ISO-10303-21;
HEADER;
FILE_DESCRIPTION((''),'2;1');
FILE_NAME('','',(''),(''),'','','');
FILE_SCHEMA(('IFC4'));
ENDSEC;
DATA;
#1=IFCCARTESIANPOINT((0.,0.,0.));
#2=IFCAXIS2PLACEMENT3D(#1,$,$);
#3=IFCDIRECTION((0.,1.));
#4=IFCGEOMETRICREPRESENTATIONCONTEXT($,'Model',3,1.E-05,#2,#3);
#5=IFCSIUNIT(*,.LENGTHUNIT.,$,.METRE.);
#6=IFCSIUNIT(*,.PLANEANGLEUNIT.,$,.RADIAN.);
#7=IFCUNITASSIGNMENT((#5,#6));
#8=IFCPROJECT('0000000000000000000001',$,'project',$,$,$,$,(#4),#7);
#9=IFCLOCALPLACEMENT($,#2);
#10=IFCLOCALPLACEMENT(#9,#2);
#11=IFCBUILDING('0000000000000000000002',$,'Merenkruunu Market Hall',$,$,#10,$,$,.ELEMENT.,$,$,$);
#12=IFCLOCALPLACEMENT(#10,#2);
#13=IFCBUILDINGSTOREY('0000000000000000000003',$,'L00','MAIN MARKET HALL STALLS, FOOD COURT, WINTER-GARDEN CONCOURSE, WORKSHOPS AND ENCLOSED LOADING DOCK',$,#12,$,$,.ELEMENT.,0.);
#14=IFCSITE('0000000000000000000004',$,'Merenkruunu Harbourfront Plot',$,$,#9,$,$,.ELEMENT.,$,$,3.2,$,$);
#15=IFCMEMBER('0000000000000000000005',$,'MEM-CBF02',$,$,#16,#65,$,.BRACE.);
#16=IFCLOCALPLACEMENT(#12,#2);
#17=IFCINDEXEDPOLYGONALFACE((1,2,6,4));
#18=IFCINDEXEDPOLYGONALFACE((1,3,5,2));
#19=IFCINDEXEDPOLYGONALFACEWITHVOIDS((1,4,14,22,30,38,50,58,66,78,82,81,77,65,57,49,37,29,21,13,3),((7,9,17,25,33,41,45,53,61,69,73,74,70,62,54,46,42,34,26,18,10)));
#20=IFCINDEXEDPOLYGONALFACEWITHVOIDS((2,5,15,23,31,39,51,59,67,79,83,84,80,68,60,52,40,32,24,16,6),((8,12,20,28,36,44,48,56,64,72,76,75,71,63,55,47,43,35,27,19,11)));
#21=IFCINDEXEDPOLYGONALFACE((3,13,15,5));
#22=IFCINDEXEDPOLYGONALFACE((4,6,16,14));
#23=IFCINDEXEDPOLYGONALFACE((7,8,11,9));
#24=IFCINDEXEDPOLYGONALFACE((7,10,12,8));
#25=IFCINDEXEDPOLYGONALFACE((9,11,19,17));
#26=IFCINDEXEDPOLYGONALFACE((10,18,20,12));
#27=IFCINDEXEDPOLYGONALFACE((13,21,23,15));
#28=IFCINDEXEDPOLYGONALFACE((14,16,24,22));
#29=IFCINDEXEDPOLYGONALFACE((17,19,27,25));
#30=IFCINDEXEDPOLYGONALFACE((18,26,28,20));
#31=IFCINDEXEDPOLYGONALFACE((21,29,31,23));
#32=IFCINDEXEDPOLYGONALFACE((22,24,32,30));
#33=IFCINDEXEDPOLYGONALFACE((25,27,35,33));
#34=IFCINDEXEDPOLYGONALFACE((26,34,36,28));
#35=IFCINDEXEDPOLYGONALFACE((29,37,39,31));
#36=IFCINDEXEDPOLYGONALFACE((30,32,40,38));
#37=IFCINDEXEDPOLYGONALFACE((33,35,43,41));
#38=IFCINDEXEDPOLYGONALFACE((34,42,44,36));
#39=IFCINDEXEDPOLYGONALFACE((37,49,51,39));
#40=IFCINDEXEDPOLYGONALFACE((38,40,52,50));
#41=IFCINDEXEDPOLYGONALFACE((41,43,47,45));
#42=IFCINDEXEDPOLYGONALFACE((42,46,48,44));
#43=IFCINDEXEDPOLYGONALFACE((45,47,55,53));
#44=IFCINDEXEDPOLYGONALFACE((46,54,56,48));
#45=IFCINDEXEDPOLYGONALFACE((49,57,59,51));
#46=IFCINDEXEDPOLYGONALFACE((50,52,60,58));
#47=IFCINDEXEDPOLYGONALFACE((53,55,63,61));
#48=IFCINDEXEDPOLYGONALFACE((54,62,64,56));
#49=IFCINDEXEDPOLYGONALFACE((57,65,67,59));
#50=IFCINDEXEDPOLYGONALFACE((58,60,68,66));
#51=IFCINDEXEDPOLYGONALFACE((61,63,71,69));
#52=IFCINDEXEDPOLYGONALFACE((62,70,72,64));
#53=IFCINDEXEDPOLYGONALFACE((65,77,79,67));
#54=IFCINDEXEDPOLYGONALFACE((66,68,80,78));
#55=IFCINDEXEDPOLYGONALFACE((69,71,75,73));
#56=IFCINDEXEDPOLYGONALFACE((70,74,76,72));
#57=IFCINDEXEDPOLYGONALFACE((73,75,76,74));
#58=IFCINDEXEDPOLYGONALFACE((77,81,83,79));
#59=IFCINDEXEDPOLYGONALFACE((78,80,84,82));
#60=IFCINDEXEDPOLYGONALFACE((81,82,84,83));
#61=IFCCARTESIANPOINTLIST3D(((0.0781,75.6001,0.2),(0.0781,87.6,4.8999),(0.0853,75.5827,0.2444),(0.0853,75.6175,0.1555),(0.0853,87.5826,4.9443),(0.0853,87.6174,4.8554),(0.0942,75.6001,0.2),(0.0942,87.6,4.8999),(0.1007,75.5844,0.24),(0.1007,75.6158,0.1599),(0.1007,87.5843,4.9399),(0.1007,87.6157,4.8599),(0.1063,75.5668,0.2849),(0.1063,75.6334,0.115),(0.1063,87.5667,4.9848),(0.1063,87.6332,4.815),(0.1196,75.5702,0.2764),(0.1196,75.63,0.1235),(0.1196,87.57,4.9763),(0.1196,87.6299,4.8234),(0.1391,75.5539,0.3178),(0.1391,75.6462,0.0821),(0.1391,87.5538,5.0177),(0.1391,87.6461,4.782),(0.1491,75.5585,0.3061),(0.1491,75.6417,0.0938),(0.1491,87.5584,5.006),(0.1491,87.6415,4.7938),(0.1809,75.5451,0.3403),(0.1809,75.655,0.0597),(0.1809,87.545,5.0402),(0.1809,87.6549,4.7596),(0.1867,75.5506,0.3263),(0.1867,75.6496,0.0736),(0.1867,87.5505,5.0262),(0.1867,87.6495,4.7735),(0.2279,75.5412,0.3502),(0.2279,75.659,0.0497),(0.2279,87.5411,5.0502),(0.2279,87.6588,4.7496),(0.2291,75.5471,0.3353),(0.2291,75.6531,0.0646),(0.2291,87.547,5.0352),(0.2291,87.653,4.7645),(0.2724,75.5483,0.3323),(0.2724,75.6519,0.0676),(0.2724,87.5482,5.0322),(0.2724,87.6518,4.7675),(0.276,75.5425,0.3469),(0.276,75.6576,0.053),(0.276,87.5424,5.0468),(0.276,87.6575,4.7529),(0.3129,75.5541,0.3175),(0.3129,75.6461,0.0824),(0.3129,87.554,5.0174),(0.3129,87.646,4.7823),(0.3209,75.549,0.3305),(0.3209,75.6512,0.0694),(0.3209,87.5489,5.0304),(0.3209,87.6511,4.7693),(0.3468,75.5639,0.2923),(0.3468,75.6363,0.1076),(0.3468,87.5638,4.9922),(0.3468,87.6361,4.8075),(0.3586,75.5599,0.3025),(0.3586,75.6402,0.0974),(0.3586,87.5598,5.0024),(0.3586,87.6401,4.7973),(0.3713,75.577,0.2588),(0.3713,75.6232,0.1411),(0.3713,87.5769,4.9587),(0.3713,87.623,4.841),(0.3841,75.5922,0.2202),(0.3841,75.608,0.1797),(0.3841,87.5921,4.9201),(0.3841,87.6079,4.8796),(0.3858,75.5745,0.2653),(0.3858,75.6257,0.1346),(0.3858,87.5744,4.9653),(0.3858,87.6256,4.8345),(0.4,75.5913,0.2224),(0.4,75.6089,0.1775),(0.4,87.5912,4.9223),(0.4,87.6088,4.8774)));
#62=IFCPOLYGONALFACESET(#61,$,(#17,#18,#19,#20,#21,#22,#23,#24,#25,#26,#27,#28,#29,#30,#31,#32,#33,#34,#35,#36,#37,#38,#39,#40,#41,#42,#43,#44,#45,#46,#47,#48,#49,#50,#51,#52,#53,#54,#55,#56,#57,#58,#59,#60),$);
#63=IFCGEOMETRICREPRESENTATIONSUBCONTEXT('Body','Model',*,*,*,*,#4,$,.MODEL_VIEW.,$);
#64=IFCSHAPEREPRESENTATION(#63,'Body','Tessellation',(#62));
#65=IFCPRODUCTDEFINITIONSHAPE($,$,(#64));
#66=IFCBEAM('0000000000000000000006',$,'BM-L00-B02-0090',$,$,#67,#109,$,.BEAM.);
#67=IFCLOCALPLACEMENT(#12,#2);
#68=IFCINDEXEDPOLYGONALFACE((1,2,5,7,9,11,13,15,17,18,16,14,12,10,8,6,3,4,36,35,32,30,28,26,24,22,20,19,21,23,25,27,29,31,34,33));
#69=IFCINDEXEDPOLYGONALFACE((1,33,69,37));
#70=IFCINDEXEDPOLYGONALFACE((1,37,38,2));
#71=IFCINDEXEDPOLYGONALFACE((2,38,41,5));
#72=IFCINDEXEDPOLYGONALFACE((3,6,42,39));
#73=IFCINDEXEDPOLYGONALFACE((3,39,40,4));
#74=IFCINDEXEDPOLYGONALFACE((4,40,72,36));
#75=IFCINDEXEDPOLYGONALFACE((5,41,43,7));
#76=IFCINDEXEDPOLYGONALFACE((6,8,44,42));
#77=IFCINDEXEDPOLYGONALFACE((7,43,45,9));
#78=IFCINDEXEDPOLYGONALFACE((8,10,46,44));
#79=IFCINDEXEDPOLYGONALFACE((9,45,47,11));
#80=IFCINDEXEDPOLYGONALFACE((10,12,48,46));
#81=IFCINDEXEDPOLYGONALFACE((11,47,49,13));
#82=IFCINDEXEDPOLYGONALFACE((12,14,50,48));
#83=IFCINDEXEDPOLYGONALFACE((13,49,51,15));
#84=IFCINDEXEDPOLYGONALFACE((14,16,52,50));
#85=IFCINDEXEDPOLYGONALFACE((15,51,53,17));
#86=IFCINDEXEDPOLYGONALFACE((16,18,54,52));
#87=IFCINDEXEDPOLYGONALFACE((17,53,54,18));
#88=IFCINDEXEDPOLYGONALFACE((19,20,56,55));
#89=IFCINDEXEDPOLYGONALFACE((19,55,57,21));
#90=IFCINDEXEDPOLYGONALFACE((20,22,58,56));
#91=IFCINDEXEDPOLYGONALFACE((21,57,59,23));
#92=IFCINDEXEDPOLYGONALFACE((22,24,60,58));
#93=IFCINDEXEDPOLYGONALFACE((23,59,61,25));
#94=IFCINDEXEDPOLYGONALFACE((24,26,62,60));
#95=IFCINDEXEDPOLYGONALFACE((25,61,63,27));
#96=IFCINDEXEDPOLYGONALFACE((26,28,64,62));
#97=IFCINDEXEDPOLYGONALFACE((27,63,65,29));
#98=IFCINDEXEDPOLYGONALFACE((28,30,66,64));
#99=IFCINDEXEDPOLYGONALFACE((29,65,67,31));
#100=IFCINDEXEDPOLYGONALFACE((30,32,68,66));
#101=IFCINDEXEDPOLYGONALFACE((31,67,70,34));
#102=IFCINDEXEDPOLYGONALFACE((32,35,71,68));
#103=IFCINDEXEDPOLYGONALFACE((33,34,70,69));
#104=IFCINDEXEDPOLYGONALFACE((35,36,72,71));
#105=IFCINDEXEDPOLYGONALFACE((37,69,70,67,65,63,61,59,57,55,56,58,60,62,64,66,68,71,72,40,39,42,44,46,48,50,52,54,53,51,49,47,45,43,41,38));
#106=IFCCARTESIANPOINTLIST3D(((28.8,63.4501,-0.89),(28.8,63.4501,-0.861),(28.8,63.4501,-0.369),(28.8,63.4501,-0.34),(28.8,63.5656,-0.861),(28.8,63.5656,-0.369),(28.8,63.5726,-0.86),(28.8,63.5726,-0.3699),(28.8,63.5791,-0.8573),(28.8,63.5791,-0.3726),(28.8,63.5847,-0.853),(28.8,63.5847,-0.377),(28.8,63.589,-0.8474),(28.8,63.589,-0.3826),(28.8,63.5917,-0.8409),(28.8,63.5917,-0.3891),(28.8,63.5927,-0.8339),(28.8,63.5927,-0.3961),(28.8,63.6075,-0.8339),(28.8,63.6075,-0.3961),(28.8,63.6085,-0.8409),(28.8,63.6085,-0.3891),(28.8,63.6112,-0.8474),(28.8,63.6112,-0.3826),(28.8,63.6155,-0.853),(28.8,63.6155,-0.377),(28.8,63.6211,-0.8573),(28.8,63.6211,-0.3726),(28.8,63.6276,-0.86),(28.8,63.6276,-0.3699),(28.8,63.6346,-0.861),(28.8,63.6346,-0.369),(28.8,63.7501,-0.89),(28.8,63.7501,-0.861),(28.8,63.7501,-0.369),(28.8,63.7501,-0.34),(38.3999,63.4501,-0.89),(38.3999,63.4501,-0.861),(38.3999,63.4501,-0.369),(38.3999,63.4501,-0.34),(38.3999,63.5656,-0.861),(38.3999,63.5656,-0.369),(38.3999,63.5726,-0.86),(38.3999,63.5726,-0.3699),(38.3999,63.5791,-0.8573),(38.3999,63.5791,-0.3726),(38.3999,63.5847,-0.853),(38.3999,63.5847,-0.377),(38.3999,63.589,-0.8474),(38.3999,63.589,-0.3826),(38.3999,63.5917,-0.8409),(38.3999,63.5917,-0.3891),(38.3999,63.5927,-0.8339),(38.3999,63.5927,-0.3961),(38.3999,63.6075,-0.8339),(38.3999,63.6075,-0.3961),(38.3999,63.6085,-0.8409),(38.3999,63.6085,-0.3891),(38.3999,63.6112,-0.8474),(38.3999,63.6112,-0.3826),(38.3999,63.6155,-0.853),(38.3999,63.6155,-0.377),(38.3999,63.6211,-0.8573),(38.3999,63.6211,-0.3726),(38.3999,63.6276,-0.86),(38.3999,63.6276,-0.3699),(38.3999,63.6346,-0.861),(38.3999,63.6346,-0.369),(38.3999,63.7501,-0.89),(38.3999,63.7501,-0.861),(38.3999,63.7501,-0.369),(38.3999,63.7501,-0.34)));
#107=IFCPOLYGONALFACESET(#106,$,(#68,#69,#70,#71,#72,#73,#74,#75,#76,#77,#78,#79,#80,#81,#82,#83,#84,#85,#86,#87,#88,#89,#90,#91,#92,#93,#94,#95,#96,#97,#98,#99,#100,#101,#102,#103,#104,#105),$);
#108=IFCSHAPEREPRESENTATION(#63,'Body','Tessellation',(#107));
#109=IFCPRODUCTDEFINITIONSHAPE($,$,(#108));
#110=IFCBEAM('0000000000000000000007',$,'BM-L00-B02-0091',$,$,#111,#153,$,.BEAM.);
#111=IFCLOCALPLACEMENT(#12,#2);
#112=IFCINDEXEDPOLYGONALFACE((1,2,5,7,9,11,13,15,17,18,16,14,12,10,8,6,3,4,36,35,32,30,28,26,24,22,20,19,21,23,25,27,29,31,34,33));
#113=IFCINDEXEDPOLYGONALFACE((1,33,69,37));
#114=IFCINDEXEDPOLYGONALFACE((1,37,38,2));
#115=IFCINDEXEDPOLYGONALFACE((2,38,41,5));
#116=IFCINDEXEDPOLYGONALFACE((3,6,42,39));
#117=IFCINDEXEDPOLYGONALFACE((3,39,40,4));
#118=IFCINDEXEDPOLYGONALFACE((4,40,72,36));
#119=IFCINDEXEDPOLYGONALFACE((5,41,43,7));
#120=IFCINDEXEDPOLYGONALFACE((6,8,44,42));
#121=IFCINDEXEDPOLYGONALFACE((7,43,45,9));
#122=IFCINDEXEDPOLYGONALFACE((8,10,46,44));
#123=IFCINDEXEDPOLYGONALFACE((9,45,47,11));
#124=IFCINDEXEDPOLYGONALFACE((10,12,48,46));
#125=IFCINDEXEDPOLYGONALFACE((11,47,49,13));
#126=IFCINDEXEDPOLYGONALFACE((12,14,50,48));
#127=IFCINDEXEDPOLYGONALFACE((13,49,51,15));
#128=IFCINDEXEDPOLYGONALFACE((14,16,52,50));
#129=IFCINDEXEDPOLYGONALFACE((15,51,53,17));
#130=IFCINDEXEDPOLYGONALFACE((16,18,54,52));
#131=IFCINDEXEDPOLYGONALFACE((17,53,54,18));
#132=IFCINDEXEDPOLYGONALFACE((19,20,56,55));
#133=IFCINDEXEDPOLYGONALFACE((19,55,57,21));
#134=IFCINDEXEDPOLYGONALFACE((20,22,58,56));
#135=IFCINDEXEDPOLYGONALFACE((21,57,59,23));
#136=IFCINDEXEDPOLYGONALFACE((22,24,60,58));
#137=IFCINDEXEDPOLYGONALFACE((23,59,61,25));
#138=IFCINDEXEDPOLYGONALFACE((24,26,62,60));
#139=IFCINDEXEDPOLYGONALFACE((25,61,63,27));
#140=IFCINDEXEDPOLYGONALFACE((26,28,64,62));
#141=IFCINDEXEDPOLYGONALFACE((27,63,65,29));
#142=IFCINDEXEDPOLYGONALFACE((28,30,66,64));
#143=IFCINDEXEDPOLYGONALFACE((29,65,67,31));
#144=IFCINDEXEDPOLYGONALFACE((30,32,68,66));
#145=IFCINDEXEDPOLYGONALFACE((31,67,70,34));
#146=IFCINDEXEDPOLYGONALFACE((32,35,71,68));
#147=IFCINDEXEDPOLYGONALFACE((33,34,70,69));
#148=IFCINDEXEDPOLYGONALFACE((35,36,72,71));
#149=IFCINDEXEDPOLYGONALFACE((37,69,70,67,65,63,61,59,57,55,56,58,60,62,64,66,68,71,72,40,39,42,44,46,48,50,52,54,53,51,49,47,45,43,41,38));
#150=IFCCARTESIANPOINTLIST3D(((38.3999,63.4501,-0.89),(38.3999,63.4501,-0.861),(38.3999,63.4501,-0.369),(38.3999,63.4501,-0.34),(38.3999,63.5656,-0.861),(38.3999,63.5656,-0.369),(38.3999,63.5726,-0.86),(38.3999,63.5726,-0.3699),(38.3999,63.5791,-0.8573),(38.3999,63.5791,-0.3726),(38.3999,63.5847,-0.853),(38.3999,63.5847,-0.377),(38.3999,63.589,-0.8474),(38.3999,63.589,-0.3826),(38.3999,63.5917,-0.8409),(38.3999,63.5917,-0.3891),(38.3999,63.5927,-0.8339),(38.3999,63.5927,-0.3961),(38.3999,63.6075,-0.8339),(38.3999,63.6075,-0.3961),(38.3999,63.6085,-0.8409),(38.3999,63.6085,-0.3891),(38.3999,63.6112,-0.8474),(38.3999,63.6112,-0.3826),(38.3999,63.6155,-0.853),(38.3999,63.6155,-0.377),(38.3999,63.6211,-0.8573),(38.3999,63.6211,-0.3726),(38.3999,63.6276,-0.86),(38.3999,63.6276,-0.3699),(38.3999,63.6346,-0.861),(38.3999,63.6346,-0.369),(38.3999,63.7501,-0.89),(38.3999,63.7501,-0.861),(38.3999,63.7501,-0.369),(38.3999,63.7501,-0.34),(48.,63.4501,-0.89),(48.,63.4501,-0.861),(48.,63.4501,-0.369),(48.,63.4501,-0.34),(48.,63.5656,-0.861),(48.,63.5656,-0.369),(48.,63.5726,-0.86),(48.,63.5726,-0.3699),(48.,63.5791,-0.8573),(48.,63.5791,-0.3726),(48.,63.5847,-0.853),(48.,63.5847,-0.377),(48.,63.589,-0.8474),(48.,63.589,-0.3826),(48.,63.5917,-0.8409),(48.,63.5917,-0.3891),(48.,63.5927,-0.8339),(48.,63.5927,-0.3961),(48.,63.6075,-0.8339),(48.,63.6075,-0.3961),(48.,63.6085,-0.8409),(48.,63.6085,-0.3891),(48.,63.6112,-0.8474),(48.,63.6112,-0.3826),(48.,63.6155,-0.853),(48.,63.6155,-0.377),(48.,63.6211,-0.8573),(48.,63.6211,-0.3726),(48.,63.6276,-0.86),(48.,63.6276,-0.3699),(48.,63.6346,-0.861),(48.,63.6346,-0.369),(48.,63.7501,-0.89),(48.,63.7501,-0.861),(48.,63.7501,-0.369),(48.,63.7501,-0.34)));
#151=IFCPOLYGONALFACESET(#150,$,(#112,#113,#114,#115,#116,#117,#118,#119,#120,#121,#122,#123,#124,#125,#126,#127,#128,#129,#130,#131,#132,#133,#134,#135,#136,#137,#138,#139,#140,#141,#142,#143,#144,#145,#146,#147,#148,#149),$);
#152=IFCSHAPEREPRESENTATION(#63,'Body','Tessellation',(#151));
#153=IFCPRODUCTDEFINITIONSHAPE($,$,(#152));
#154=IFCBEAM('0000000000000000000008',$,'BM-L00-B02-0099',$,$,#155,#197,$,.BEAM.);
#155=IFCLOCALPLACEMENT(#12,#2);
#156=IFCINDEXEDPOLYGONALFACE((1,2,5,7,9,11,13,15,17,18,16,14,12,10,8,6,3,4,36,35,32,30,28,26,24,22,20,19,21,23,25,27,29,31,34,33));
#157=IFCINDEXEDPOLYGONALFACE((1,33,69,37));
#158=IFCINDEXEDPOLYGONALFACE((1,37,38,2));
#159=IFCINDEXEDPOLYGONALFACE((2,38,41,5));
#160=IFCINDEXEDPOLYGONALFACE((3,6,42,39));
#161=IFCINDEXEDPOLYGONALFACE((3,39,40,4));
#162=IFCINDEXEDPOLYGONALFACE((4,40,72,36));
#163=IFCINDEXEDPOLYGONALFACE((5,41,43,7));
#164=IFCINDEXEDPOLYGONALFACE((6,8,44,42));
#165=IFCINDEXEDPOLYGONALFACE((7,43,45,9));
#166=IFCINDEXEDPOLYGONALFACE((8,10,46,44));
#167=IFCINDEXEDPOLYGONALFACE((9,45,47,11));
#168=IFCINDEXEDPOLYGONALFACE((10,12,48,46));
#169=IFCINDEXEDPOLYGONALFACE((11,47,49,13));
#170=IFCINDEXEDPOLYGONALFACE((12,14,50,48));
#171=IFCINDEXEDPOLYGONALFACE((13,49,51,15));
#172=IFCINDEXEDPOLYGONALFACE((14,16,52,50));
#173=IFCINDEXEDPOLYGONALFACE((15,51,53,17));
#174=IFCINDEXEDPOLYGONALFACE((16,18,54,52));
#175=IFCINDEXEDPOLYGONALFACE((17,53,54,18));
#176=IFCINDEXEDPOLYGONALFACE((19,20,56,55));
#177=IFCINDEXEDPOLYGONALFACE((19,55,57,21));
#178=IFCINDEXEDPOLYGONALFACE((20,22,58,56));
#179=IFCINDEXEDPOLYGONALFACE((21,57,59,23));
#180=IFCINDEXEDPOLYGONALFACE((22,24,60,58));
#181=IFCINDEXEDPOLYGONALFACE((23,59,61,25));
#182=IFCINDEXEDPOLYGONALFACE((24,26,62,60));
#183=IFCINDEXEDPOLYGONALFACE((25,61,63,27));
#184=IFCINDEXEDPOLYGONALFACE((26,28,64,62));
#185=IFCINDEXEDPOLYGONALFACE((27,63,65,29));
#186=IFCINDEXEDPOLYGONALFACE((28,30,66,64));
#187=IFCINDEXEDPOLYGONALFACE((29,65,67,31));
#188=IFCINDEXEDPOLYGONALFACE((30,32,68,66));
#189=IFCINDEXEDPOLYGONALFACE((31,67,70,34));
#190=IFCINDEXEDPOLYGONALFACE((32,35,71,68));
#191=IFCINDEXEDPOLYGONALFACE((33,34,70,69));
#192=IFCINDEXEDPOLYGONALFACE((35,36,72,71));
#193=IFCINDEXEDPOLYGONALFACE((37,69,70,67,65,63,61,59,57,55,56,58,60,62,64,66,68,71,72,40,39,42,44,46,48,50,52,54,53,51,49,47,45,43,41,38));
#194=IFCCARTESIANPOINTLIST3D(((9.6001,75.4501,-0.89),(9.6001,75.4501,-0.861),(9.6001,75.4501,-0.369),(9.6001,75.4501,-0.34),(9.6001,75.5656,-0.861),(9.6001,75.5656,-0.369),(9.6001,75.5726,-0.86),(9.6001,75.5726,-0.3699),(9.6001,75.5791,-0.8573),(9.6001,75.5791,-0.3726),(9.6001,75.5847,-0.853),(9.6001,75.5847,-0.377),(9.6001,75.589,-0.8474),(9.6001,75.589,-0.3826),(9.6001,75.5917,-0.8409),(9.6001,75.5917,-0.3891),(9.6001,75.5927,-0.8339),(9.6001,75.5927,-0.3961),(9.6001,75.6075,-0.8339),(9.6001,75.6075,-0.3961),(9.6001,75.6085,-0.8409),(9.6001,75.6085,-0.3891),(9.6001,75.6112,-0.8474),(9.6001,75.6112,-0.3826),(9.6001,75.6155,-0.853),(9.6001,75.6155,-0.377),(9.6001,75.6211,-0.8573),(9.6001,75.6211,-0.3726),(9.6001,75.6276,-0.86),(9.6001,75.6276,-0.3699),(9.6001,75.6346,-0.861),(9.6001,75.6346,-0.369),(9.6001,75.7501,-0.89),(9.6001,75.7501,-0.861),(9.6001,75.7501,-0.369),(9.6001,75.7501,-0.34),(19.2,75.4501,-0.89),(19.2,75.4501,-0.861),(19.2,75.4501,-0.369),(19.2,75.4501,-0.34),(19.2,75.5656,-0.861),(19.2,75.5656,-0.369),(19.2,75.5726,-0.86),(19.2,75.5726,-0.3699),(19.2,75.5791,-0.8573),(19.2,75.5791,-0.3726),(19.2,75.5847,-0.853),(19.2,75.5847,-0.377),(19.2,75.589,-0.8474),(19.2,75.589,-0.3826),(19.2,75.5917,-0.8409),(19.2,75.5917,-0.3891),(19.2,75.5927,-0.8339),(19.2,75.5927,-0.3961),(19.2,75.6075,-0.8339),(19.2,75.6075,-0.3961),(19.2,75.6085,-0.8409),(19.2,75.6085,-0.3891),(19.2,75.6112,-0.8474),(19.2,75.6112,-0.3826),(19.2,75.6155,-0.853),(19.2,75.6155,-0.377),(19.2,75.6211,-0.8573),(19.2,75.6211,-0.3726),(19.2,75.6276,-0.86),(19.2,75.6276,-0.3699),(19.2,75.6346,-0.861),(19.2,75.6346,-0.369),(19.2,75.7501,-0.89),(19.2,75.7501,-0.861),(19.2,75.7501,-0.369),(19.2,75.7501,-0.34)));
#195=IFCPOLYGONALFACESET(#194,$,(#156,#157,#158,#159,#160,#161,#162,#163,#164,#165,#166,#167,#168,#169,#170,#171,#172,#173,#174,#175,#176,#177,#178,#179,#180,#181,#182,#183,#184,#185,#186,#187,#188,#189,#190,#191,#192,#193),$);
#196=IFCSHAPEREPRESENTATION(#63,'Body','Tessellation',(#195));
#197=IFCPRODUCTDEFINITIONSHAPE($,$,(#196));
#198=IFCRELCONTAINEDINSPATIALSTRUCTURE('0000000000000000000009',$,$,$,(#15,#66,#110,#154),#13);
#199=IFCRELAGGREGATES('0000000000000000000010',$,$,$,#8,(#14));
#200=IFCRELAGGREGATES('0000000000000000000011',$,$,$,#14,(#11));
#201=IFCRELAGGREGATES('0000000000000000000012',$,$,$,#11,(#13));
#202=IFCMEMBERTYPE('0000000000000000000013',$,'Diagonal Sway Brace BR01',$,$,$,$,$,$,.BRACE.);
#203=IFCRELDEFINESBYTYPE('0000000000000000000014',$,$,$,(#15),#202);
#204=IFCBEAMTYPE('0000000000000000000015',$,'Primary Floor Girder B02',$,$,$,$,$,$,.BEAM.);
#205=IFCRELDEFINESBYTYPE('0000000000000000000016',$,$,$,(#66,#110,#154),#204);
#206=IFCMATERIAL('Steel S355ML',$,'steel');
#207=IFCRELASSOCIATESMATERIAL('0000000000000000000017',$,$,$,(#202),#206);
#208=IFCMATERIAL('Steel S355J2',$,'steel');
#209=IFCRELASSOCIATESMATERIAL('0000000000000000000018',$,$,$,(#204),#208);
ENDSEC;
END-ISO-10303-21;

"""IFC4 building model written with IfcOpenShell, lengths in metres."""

from ifc_helpers import new_model, si_unit, direction, frame, origin, origin_2d, place, context, subcontext, project, spatial, hollow_circle, i_section, extrude, material, material_profile, profile_set, type_object, element, save


model = new_model("IFC4")

# Units and contexts
model_context = context("Model", 3, precision=1e-05, world=origin(), true_north=direction((0.0, 1.0)))
body_context = subcontext(model_context, "Body", "Model", "MODEL_VIEW")
ifc_project = project(units=[si_unit("LENGTHUNIT", "METRE"), si_unit("PLANEANGLEUNIT", "RADIAN")], contexts=[model_context])

# Site, building, storey
site_placement = place(None, origin())
site = spatial("IfcSite", under=ifc_project, at=site_placement, Name="Merenkruunu Harbourfront Plot", CompositionType="ELEMENT", RefElevation=3.2)
building_placement = place(site_placement, origin())
building = spatial("IfcBuilding", under=site, at=building_placement, Name="Merenkruunu Market Hall", CompositionType="ELEMENT")
storey_placement = place(building_placement, origin())
storey = spatial("IfcBuildingStorey", under=building, at=storey_placement, Name="L00", Description="MAIN MARKET HALL STALLS, FOOD COURT, WINTER-GARDEN CONCOURSE, WORKSHOPS AND ENCLOSED LOADING DOCK", CompositionType="ELEMENT", Elevation=0.0)

# Shared definitions
ifc_material_1 = material(Name="Steel S355J2", Category="steel")

# Member
ifc_material_2 = material(Name="Steel S355ML", Category="steel")
ifc_material_profile_1 = material_profile(ifc_material_2, hollow_circle(Radius=0.1619, WallThickness=0.0161, at=origin_2d()), Name="CHS 323.9x16")
ifc_profile_set_1 = profile_set([ifc_material_profile_1], Name="Steel S355ML")
member_type = type_object("IfcMemberType", Name="Diagonal Sway Brace BR01", PredefinedType="BRACE", material=ifc_profile_set_1)
for number, where, z_axis, x_axis, name in (
    (1, (0.24, 75.6001, 0.2), (0.0, 0.93113, 0.364689), (-1.0, 0.0, 0.0), "MEM-CBF02"),
):
    element("IfcMember", number, at=place(storey_placement, frame(where, z_axis=z_axis, x_axis=x_axis)), inside=storey, type_object=member_type, Name=name, PredefinedType="BRACE", context=body_context, shape_type="SweptSolid", body=[
        extrude(hollow_circle(Radius=0.1619, WallThickness=0.0161, at=origin_2d()), origin(), (0.0, 0.0, 1.0), 12.8875),
    ])

# Beams
ifc_material_profile_2 = material_profile(ifc_material_1, i_section(OverallWidth=0.3, OverallDepth=0.55, WebThickness=0.0149, FlangeThickness=0.0291, FilletRadius=0.0271, at=origin_2d()), Name="HEB 550")
ifc_profile_set_2 = profile_set([ifc_material_profile_2], Name="Steel S355J2")
beam_type_1 = type_object("IfcBeamType", Name="Primary Floor Girder B02", PredefinedType="BEAM", material=ifc_profile_set_2)
beam_1_placement = place(storey_placement, frame((28.8, 63.6001, -0.615), z_axis=(1.0, 0.0, 0.0), x_axis=(0.0, 1.0, 0.0)))
element("IfcBeam", 2, at=beam_1_placement, inside=storey, type_object=beam_type_1, Name="BM-L00-B02-0090", PredefinedType="BEAM", context=body_context, shape_type="SweptSolid", body=[
    extrude(i_section(OverallWidth=0.3, OverallDepth=0.55, WebThickness=0.0149, FlangeThickness=0.0291, FilletRadius=0.0271, at=origin_2d()), origin(), (0.0, 0.0, 1.0), 9.5999),
])
beam_2_placement = place(storey_placement, frame((38.3999, 63.6001, -0.615), z_axis=(1.0, 0.0, 0.0), x_axis=(0.0, 1.0, 0.0)))
element("IfcBeam", 3, at=beam_2_placement, inside=storey, type_object=beam_type_1, Name="BM-L00-B02-0091", PredefinedType="BEAM", context=body_context, shape_type="SweptSolid", body=[
    extrude(i_section(OverallWidth=0.3, OverallDepth=0.55, WebThickness=0.0149, FlangeThickness=0.0291, FilletRadius=0.0271, at=origin_2d()), origin(), (0.0, 0.0, 1.0), 9.6001),
])
beam_3_placement = place(storey_placement, frame((9.6001, 75.6001, -0.615), z_axis=(1.0, 0.0, 0.0), x_axis=(0.0, 1.0, 0.0)))
element("IfcBeam", 4, at=beam_3_placement, inside=storey, type_object=beam_type_1, Name="BM-L00-B02-0099", PredefinedType="BEAM", context=body_context, shape_type="SweptSolid", body=[
    extrude(i_section(OverallWidth=0.3, OverallDepth=0.55, WebThickness=0.0149, FlangeThickness=0.0291, FilletRadius=0.0271, at=origin_2d()), origin(), (0.0, 0.0, 1.0), 9.5999),
])

save(model, "model.ifc")
